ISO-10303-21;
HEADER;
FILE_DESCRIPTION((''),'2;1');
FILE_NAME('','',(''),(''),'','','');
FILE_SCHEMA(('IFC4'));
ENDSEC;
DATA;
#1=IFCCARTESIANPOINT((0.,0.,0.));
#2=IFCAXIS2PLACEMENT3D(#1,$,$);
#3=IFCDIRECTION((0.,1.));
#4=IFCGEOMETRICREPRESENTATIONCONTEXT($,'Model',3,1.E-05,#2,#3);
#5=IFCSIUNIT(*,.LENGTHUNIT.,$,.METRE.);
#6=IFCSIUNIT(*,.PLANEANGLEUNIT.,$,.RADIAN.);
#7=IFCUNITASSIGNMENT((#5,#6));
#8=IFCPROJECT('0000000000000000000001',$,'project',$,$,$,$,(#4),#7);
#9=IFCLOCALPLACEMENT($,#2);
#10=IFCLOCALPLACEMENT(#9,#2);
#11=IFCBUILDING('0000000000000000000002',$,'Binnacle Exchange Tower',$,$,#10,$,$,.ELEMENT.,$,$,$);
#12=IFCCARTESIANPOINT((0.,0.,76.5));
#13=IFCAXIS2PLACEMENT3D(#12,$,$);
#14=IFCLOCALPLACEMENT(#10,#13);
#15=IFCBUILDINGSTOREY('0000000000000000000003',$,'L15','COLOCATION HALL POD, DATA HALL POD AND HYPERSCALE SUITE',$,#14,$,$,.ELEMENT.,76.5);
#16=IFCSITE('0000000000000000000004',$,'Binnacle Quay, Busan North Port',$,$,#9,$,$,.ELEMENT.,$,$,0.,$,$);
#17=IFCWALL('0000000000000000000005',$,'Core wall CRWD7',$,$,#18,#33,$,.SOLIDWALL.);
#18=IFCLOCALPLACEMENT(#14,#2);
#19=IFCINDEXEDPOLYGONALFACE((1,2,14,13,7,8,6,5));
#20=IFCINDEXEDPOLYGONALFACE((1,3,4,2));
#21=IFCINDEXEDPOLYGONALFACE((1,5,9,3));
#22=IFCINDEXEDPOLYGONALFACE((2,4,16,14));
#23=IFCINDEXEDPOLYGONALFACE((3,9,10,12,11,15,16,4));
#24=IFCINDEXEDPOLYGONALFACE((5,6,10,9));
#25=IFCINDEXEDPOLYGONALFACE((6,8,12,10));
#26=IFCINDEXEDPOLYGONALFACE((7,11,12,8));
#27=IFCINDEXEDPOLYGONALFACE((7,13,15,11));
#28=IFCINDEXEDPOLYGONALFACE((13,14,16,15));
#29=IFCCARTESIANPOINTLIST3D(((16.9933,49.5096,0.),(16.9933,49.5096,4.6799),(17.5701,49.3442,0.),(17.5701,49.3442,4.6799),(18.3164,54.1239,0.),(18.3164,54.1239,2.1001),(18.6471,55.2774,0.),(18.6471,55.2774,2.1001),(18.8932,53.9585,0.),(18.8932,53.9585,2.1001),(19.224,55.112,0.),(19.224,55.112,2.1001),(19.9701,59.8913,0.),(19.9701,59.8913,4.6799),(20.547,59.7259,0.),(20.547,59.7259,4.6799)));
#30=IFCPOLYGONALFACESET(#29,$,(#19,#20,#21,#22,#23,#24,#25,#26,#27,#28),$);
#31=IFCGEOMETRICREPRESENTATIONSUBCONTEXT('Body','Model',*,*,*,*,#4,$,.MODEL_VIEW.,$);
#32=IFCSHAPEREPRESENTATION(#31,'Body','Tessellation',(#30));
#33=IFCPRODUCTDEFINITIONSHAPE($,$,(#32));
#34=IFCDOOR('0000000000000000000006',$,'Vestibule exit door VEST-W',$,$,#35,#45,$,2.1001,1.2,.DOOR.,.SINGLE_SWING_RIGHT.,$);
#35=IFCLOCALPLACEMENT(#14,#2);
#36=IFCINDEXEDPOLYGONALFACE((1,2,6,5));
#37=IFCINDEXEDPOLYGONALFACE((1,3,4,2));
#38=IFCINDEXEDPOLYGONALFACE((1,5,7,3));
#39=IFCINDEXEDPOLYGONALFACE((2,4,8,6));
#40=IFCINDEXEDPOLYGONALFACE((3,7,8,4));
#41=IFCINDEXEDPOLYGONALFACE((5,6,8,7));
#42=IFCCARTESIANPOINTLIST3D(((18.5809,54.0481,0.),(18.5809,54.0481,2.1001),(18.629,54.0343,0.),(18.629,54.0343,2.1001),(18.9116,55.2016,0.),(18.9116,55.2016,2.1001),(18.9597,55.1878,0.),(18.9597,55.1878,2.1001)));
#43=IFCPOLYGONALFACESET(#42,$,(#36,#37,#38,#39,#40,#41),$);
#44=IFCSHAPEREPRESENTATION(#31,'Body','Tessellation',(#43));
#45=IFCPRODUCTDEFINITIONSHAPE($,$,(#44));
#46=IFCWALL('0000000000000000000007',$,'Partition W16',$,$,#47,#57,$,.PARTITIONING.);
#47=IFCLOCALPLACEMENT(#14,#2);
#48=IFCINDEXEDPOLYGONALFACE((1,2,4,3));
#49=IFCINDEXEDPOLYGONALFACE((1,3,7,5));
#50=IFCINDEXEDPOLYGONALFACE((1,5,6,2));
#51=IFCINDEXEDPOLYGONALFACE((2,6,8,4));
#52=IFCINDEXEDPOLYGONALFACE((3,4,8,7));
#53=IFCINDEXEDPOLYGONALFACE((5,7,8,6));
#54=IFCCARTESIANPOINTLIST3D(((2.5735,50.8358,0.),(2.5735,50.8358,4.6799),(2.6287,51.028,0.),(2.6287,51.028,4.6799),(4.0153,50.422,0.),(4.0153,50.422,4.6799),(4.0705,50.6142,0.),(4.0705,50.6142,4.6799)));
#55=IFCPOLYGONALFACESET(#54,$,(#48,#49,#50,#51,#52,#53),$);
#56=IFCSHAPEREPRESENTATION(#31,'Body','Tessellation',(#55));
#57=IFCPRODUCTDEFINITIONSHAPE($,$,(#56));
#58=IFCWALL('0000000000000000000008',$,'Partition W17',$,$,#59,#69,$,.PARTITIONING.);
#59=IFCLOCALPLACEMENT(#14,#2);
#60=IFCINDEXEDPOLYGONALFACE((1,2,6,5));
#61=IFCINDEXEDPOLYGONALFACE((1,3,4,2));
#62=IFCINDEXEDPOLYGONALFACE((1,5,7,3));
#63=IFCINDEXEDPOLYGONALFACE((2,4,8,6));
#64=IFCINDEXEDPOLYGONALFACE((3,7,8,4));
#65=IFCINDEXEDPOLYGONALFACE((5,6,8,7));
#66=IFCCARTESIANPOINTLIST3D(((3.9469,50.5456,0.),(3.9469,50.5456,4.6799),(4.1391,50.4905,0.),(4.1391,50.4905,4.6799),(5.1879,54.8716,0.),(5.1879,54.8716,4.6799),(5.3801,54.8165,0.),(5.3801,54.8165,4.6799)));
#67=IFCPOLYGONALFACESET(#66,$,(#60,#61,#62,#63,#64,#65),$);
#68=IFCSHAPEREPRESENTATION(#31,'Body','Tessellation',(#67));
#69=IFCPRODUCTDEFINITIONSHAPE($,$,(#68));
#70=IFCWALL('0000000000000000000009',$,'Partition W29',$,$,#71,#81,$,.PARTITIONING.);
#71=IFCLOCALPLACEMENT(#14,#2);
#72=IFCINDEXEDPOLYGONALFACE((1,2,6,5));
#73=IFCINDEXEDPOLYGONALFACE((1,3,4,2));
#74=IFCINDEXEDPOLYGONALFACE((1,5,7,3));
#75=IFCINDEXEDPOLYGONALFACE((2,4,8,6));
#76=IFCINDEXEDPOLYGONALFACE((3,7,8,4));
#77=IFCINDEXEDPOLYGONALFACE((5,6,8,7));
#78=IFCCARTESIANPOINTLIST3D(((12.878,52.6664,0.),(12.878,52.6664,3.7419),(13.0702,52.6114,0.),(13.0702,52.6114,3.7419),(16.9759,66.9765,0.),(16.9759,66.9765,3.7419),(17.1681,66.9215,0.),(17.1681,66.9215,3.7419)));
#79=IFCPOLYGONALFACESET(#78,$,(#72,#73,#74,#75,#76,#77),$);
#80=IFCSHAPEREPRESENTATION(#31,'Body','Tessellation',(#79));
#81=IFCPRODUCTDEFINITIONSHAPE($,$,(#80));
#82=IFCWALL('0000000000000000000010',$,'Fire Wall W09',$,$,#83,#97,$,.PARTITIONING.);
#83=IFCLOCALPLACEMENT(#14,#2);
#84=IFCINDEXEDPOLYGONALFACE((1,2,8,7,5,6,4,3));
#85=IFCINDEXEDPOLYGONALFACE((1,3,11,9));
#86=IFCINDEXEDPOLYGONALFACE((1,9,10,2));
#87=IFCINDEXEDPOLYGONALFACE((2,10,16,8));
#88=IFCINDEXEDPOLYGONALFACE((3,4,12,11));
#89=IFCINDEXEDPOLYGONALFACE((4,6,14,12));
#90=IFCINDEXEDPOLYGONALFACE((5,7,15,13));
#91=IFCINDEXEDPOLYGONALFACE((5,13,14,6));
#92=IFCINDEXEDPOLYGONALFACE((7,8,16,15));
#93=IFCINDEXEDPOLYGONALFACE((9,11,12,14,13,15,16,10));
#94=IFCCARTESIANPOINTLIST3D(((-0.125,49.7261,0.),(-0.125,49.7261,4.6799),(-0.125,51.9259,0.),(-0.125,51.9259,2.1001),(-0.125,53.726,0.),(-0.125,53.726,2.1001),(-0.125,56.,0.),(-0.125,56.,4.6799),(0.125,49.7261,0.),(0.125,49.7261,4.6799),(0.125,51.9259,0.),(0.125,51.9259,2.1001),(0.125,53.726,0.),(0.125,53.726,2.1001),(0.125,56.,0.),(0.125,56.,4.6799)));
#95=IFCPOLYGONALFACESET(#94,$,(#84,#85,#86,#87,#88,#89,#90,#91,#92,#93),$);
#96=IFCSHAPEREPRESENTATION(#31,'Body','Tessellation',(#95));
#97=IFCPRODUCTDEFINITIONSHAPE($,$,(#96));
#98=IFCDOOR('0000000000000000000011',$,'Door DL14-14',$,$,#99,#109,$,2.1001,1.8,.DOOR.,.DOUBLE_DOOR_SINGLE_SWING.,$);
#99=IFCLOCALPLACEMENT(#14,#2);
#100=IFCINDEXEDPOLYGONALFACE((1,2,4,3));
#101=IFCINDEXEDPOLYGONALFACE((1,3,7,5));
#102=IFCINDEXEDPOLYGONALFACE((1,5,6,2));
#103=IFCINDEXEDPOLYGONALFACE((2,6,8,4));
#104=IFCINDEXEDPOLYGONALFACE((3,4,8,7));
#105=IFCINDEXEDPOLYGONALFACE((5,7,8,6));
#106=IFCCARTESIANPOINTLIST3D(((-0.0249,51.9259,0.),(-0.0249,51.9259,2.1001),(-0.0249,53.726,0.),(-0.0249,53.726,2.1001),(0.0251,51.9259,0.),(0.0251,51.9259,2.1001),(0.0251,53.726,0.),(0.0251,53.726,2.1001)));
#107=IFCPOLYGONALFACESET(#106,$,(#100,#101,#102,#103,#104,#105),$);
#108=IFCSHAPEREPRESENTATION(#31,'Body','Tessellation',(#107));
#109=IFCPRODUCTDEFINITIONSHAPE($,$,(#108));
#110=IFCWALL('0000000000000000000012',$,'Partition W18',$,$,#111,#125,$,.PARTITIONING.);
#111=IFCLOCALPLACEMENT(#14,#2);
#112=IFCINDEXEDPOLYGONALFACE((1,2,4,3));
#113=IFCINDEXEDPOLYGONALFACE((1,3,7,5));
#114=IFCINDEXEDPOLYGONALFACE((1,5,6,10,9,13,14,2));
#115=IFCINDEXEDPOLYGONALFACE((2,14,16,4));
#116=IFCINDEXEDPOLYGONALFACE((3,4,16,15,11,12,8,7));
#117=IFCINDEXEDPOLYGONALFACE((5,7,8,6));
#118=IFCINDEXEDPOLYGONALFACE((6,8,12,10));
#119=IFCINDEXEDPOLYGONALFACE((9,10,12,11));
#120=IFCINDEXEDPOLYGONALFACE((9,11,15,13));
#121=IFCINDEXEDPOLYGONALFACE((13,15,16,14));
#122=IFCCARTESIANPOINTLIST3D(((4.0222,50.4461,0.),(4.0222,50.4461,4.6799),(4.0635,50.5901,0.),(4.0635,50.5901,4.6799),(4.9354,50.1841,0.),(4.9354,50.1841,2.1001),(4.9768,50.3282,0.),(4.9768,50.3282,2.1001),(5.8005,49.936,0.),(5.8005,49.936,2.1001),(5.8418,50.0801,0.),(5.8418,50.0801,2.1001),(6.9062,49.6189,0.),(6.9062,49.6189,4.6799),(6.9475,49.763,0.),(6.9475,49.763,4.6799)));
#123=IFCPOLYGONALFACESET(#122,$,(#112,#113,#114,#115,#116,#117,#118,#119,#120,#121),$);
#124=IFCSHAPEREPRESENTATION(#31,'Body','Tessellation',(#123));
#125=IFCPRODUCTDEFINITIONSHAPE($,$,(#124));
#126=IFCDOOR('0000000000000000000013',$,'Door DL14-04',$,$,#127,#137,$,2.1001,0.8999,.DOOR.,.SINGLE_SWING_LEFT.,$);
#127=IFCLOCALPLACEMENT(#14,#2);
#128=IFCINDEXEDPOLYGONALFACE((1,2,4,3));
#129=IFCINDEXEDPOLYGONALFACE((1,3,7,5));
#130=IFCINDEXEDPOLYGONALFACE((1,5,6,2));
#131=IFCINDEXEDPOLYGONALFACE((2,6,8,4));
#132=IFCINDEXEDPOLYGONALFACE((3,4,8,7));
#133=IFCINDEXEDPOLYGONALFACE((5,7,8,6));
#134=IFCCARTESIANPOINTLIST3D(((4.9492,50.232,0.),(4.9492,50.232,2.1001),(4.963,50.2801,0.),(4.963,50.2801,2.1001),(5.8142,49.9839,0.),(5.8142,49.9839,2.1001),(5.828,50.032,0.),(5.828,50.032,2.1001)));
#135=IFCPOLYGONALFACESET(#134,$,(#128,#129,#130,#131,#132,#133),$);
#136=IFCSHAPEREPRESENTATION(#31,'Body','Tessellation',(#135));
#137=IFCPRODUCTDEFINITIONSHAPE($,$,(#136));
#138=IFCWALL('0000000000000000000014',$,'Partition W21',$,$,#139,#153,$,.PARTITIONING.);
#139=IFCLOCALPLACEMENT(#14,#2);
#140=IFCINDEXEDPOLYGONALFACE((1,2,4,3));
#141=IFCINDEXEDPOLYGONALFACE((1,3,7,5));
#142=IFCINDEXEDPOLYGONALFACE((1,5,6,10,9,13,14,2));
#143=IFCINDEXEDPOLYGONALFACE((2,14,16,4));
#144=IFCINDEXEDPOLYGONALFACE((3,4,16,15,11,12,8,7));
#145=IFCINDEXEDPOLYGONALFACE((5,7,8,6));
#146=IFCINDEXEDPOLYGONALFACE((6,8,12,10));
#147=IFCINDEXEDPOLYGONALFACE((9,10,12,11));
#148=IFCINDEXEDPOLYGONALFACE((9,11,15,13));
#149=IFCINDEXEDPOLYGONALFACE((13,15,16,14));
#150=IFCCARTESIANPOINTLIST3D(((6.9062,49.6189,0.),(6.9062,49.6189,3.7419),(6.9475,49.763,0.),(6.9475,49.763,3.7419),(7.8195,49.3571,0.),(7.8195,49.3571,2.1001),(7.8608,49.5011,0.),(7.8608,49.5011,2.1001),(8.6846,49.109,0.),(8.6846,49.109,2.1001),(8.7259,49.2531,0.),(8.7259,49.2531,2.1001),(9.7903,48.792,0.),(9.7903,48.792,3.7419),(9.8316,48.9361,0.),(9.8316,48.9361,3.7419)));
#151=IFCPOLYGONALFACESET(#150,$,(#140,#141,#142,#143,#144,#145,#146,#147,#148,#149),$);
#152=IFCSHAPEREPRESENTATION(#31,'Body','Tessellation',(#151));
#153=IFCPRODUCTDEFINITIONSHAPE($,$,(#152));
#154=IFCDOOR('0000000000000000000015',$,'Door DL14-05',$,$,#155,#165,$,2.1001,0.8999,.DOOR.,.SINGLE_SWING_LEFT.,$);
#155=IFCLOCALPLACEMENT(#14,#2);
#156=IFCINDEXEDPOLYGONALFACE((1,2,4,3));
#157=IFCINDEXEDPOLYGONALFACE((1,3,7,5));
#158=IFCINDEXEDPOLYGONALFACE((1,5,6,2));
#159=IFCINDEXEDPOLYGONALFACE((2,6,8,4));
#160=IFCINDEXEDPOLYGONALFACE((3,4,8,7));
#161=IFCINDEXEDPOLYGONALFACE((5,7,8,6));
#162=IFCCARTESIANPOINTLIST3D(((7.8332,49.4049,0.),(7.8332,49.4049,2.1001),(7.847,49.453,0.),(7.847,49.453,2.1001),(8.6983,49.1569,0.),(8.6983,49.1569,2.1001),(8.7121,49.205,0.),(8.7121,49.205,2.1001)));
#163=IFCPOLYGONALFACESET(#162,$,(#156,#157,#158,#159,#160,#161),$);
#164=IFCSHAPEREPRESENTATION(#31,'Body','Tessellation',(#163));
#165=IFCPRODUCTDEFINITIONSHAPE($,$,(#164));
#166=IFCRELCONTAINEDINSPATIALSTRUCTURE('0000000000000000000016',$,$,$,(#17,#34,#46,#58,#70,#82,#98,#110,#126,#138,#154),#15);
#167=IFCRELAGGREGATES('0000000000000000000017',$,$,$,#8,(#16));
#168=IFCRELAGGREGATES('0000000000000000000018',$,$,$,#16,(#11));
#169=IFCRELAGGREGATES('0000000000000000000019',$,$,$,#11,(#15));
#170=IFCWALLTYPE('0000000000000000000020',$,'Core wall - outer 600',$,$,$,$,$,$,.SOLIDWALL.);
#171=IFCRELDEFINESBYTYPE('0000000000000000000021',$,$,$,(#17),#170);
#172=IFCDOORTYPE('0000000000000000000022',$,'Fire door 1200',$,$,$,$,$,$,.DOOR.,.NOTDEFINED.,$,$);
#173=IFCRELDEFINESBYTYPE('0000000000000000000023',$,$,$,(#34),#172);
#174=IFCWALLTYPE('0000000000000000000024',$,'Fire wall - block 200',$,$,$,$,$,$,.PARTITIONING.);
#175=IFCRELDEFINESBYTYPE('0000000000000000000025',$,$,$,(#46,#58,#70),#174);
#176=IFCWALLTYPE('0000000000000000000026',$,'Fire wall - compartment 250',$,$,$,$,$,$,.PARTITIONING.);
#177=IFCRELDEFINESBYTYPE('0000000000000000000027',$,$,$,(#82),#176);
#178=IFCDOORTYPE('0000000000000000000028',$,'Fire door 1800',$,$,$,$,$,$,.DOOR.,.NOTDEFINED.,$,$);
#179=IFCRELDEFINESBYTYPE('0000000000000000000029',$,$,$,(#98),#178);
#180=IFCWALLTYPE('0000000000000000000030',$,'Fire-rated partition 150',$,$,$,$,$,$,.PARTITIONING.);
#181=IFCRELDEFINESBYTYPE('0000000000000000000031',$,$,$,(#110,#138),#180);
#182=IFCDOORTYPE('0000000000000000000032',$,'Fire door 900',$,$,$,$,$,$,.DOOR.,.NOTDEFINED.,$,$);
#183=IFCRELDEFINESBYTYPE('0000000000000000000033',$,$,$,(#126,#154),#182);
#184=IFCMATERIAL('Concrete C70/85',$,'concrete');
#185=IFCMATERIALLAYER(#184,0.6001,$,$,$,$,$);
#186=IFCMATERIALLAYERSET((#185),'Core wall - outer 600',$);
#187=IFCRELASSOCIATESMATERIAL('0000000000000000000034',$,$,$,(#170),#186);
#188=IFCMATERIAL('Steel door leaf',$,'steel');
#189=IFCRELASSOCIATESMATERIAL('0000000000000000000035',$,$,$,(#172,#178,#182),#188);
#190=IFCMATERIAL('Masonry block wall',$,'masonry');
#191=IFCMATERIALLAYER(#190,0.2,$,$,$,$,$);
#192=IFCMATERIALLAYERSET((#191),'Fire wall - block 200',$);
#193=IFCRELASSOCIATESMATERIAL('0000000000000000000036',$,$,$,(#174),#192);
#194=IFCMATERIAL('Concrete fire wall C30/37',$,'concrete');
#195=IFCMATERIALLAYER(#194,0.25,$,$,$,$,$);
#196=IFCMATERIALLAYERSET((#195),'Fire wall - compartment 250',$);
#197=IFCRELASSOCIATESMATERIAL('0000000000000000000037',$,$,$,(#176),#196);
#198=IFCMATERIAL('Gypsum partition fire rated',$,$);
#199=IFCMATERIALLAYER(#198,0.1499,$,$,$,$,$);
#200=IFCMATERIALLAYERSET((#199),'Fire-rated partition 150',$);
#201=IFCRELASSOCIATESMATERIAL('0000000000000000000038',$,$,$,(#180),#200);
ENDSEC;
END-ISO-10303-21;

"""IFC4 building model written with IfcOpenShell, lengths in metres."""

from ifc_helpers import new_model, si_unit, direction, frame, frame_2d, origin, place, context, subcontext, project, spatial, rectangle, extrude, material, layer, layer_set, type_object, element, fill, save


model = new_model("IFC4")

# Units and contexts
model_context = context("Model", 3, precision=1e-05, world=origin(), true_north=direction((0.0, 1.0)))
body_context = subcontext(model_context, "Body", "Model", "MODEL_VIEW")
ifc_project = project(units=[si_unit("LENGTHUNIT", "METRE"), si_unit("PLANEANGLEUNIT", "RADIAN")], contexts=[model_context])

# Site, building, storey
site_placement = place(None, origin())
site = spatial("IfcSite", under=ifc_project, at=site_placement, Name="Binnacle Quay, Busan North Port", CompositionType="ELEMENT", RefElevation=0.0)
building_placement = place(site_placement, origin())
building = spatial("IfcBuilding", under=site, at=building_placement, Name="Binnacle Exchange Tower", CompositionType="ELEMENT")
storey_placement = place(building_placement, frame((0.0, 0.0, 76.5)))
storey = spatial("IfcBuildingStorey", under=building, at=storey_placement, Name="L15", Description="COLOCATION HALL POD, DATA HALL POD AND HYPERSCALE SUITE", CompositionType="ELEMENT", Elevation=76.5)

# Shared definitions
ifc_material_1 = material(Name="Concrete C70/85", Category="concrete")

# Shared definitions
ifc_layer_1 = layer(ifc_material_1, 0.6001)
ifc_layer_set_1 = layer_set([ifc_layer_1], Name="Core wall - outer 600")
wall_type_1 = type_object("IfcWallType", Name="Core wall - outer 600", PredefinedType="SOLIDWALL", material=ifc_layer_set_1)

# Wall, opening, door
wall_1_placement = place(storey_placement, frame((17.2817, 49.427, 0.0), z_axis=(0.0, 0.0, 1.0), x_axis=(0.275632, 0.961263, 0.0)))
wall_1 = element("IfcWall", 1, at=wall_1_placement, inside=storey, type_object=wall_type_1, Name="Core wall CRWD7", PredefinedType="SOLIDWALL", context=body_context, shape_type="SweptSolid", body=[
    extrude(rectangle(XDim=10.8, YDim=0.6001, at=frame_2d((5.3999, 0.0))), origin(), (0.0, 0.0, 1.0), 4.6799),
])
opening_1_placement = place(wall_1_placement, frame((4.8, 0.0, 0.0)))
opening_1 = element("IfcOpeningElement", 2, at=opening_1_placement, cuts=wall_1, PredefinedType="OPENING", context=body_context, shape_type="SweptSolid", body=[
    extrude(rectangle(XDim=1.2, YDim=2.1001, at=frame_2d((0.6001, 1.05))), frame((0.0, 0.3101, 0.0), z_axis=(0.0, -1.0, 0.0), x_axis=(1.0, 0.0, 0.0)), (0.0, 0.0, 1.0), 0.6201),
])
ifc_material_2 = material(Name="Steel door leaf", Category="steel")
door_type_1 = type_object("IfcDoorType", Name="Fire door 1200", OperationType="NOTDEFINED", PredefinedType="DOOR", material=ifc_material_2)
door_1_placement = place(opening_1_placement, origin())
door_1 = element("IfcDoor", 3, at=door_1_placement, inside=storey, type_object=door_type_1, Name="Vestibule exit door VEST-W", OperationType="SINGLE_SWING_RIGHT", OverallHeight=2.1001, OverallWidth=1.2, PredefinedType="DOOR", context=body_context, shape_type="SweptSolid", body=[
    extrude(rectangle(XDim=1.2, YDim=2.1001, at=frame_2d((0.6001, 1.05))), frame((0.0, 0.0249, 0.0), z_axis=(0.0, -1.0, 0.0), x_axis=(1.0, 0.0, 0.0)), (0.0, 0.0, 1.0), 0.05),
])
fill(opening_1, door_1)

# Walls
ifc_material_3 = material(Name="Masonry block wall", Category="masonry")
ifc_layer_2 = layer(ifc_material_3, 0.2)
ifc_layer_set_2 = layer_set([ifc_layer_2], Name="Fire wall - block 200")
wall_type_2 = type_object("IfcWallType", Name="Fire wall - block 200", PredefinedType="PARTITIONING", material=ifc_layer_set_2)
wall_2_placement = place(storey_placement, frame((2.6011, 50.9319, 0.0), z_axis=(0.0, 0.0, 1.0), x_axis=(0.961198, -0.27586, 0.0)))
element("IfcWall", 4, at=wall_2_placement, inside=storey, type_object=wall_type_2, Name="Partition W16", PredefinedType="PARTITIONING", context=body_context, shape_type="SweptSolid", body=[
    extrude(rectangle(XDim=1.5, YDim=0.2, at=frame_2d((0.75, 0.0))), origin(), (0.0, 0.0, 1.0), 4.6799),
])
wall_3_placement = place(storey_placement, frame((4.043, 50.5181, 0.0), z_axis=(0.0, 0.0, 1.0), x_axis=(0.275746, 0.961231, 0.0)))
element("IfcWall", 5, at=wall_3_placement, inside=storey, type_object=wall_type_2, Name="Partition W17", PredefinedType="PARTITIONING", context=body_context, shape_type="SweptSolid", body=[
    extrude(rectangle(XDim=4.5005, YDim=0.2, at=frame_2d((2.2502, 0.0))), origin(), (0.0, 0.0, 1.0), 4.6799),
])
wall_4_placement = place(storey_placement, frame((12.9741, 52.6389, 0.0), z_axis=(0.0, 0.0, 1.0), x_axis=(0.275299, 0.961359, 0.0)))
element("IfcWall", 6, at=wall_4_placement, inside=storey, type_object=wall_type_2, Name="Partition W29", PredefinedType="PARTITIONING", context=body_context, shape_type="SweptSolid", body=[
    extrude(rectangle(XDim=14.8853, YDim=0.2, at=frame_2d((7.4426, 0.0))), origin(), (0.0, 0.0, 1.0), 3.7419),
])

# Walls, openings, doors
ifc_material_4 = material(Name="Concrete fire wall C30/37", Category="concrete")
ifc_layer_3 = layer(ifc_material_4, 0.25)
ifc_layer_set_3 = layer_set([ifc_layer_3], Name="Fire wall - compartment 250")
wall_type_3 = type_object("IfcWallType", Name="Fire wall - compartment 250", PredefinedType="PARTITIONING", material=ifc_layer_set_3)
wall_5_placement = place(storey_placement, frame((0.0, 49.7261, 0.0), z_axis=(0.0, 0.0, 1.0), x_axis=(0.0, 1.0, 0.0)))
wall_5 = element("IfcWall", 7, at=wall_5_placement, inside=storey, type_object=wall_type_3, Name="Fire Wall W09", PredefinedType="PARTITIONING", context=body_context, shape_type="SweptSolid", body=[
    extrude(rectangle(XDim=6.2739, YDim=0.25, at=frame_2d((3.137, 0.0))), origin(), (0.0, 0.0, 1.0), 4.6799),
])
opening_2_placement = place(wall_5_placement, frame((2.2, 0.0, 0.0)))
opening_2 = element("IfcOpeningElement", 8, at=opening_2_placement, cuts=wall_5, PredefinedType="OPENING", context=body_context, shape_type="SweptSolid", body=[
    extrude(rectangle(XDim=1.8, YDim=2.1001, at=frame_2d((0.8999, 1.05))), frame((0.0, 0.135, 0.0), z_axis=(0.0, -1.0, 0.0), x_axis=(1.0, 0.0, 0.0)), (0.0, 0.0, 1.0), 0.27),
])
door_type_2 = type_object("IfcDoorType", Name="Fire door 1800", OperationType="NOTDEFINED", PredefinedType="DOOR", material=ifc_material_2)
door_2_placement = place(opening_2_placement, origin())
door_2 = element("IfcDoor", 9, at=door_2_placement, inside=storey, type_object=door_type_2, Name="Door DL14-14", OperationType="DOUBLE_DOOR_SINGLE_SWING", OverallHeight=2.1001, OverallWidth=1.8, PredefinedType="DOOR", context=body_context, shape_type="SweptSolid", body=[
    extrude(rectangle(XDim=1.8, YDim=2.1001, at=frame_2d((0.8999, 1.05))), frame((0.0, 0.0249, 0.0), z_axis=(0.0, -1.0, 0.0), x_axis=(1.0, 0.0, 0.0)), (0.0, 0.0, 1.0), 0.05),
])
fill(opening_2, door_2)
ifc_material_5 = material(Name="Gypsum partition fire rated")
ifc_layer_4 = layer(ifc_material_5, 0.1499)
ifc_layer_set_4 = layer_set([ifc_layer_4], Name="Fire-rated partition 150")
wall_type_4 = type_object("IfcWallType", Name="Fire-rated partition 150", PredefinedType="PARTITIONING", material=ifc_layer_set_4)
wall_6_placement = place(storey_placement, frame((4.043, 50.5181, 0.0), z_axis=(0.0, 0.0, 1.0), x_axis=(0.961247, -0.275688, 0.0)))
wall_6 = element("IfcWall", 10, at=wall_6_placement, inside=storey, type_object=wall_type_4, Name="Partition W18", PredefinedType="PARTITIONING", context=body_context, shape_type="SweptSolid", body=[
    extrude(rectangle(XDim=3.0002, YDim=0.1499, at=frame_2d((1.5, 0.0))), origin(), (0.0, 0.0, 1.0), 4.6799),
])
opening_3_placement = place(wall_6_placement, frame((0.95, 0.0, 0.0)))
opening_3 = element("IfcOpeningElement", 11, at=opening_3_placement, cuts=wall_6, PredefinedType="OPENING", context=body_context, shape_type="SweptSolid", body=[
    extrude(rectangle(XDim=0.8999, YDim=2.1001, at=frame_2d((0.45, 1.05))), frame((0.0, 0.085, 0.0), z_axis=(0.0, -1.0, 0.0), x_axis=(1.0, 0.0, 0.0)), (0.0, 0.0, 1.0), 0.1699),
])
door_type_3 = type_object("IfcDoorType", Name="Fire door 900", OperationType="NOTDEFINED", PredefinedType="DOOR", material=ifc_material_2)
door_3_placement = place(opening_3_placement, origin())
door_3 = element("IfcDoor", 12, at=door_3_placement, inside=storey, type_object=door_type_3, Name="Door DL14-04", OperationType="SINGLE_SWING_LEFT", OverallHeight=2.1001, OverallWidth=0.8999, PredefinedType="DOOR", context=body_context, shape_type="SweptSolid", body=[
    extrude(rectangle(XDim=0.8999, YDim=2.1001, at=frame_2d((0.45, 1.05))), frame((0.0, 0.0249, 0.0), z_axis=(0.0, -1.0, 0.0), x_axis=(1.0, 0.0, 0.0)), (0.0, 0.0, 1.0), 0.05),
])
fill(opening_3, door_3)
wall_7_placement = place(storey_placement, frame((6.927, 49.6909, 0.0), z_axis=(0.0, 0.0, 1.0), x_axis=(0.961269, -0.275613, 0.0)))
wall_7 = element("IfcWall", 13, at=wall_7_placement, inside=storey, type_object=wall_type_4, Name="Partition W21", PredefinedType="PARTITIONING", context=body_context, shape_type="SweptSolid", body=[
    extrude(rectangle(XDim=3.0002, YDim=0.1499, at=frame_2d((1.5, 0.0))), origin(), (0.0, 0.0, 1.0), 3.7419),
])
opening_4_placement = place(wall_7_placement, frame((0.95, 0.0, 0.0)))
opening_4 = element("IfcOpeningElement", 14, at=opening_4_placement, cuts=wall_7, PredefinedType="OPENING", context=body_context, shape_type="SweptSolid", body=[
    extrude(rectangle(XDim=0.8999, YDim=2.1001, at=frame_2d((0.45, 1.05))), frame((0.0, 0.085, 0.0), z_axis=(0.0, -1.0, 0.0), x_axis=(1.0, 0.0, 0.0)), (0.0, 0.0, 1.0), 0.1699),
])
door_4_placement = place(opening_4_placement, origin())
door_4 = element("IfcDoor", 15, at=door_4_placement, inside=storey, type_object=door_type_3, Name="Door DL14-05", OperationType="SINGLE_SWING_LEFT", OverallHeight=2.1001, OverallWidth=0.8999, PredefinedType="DOOR", context=body_context, shape_type="SweptSolid", body=[
    extrude(rectangle(XDim=0.8999, YDim=2.1001, at=frame_2d((0.45, 1.05))), frame((0.0, 0.0249, 0.0), z_axis=(0.0, -1.0, 0.0), x_axis=(1.0, 0.0, 0.0)), (0.0, 0.0, 1.0), 0.05),
])
fill(opening_4, door_4)

save(model, "model.ifc")
